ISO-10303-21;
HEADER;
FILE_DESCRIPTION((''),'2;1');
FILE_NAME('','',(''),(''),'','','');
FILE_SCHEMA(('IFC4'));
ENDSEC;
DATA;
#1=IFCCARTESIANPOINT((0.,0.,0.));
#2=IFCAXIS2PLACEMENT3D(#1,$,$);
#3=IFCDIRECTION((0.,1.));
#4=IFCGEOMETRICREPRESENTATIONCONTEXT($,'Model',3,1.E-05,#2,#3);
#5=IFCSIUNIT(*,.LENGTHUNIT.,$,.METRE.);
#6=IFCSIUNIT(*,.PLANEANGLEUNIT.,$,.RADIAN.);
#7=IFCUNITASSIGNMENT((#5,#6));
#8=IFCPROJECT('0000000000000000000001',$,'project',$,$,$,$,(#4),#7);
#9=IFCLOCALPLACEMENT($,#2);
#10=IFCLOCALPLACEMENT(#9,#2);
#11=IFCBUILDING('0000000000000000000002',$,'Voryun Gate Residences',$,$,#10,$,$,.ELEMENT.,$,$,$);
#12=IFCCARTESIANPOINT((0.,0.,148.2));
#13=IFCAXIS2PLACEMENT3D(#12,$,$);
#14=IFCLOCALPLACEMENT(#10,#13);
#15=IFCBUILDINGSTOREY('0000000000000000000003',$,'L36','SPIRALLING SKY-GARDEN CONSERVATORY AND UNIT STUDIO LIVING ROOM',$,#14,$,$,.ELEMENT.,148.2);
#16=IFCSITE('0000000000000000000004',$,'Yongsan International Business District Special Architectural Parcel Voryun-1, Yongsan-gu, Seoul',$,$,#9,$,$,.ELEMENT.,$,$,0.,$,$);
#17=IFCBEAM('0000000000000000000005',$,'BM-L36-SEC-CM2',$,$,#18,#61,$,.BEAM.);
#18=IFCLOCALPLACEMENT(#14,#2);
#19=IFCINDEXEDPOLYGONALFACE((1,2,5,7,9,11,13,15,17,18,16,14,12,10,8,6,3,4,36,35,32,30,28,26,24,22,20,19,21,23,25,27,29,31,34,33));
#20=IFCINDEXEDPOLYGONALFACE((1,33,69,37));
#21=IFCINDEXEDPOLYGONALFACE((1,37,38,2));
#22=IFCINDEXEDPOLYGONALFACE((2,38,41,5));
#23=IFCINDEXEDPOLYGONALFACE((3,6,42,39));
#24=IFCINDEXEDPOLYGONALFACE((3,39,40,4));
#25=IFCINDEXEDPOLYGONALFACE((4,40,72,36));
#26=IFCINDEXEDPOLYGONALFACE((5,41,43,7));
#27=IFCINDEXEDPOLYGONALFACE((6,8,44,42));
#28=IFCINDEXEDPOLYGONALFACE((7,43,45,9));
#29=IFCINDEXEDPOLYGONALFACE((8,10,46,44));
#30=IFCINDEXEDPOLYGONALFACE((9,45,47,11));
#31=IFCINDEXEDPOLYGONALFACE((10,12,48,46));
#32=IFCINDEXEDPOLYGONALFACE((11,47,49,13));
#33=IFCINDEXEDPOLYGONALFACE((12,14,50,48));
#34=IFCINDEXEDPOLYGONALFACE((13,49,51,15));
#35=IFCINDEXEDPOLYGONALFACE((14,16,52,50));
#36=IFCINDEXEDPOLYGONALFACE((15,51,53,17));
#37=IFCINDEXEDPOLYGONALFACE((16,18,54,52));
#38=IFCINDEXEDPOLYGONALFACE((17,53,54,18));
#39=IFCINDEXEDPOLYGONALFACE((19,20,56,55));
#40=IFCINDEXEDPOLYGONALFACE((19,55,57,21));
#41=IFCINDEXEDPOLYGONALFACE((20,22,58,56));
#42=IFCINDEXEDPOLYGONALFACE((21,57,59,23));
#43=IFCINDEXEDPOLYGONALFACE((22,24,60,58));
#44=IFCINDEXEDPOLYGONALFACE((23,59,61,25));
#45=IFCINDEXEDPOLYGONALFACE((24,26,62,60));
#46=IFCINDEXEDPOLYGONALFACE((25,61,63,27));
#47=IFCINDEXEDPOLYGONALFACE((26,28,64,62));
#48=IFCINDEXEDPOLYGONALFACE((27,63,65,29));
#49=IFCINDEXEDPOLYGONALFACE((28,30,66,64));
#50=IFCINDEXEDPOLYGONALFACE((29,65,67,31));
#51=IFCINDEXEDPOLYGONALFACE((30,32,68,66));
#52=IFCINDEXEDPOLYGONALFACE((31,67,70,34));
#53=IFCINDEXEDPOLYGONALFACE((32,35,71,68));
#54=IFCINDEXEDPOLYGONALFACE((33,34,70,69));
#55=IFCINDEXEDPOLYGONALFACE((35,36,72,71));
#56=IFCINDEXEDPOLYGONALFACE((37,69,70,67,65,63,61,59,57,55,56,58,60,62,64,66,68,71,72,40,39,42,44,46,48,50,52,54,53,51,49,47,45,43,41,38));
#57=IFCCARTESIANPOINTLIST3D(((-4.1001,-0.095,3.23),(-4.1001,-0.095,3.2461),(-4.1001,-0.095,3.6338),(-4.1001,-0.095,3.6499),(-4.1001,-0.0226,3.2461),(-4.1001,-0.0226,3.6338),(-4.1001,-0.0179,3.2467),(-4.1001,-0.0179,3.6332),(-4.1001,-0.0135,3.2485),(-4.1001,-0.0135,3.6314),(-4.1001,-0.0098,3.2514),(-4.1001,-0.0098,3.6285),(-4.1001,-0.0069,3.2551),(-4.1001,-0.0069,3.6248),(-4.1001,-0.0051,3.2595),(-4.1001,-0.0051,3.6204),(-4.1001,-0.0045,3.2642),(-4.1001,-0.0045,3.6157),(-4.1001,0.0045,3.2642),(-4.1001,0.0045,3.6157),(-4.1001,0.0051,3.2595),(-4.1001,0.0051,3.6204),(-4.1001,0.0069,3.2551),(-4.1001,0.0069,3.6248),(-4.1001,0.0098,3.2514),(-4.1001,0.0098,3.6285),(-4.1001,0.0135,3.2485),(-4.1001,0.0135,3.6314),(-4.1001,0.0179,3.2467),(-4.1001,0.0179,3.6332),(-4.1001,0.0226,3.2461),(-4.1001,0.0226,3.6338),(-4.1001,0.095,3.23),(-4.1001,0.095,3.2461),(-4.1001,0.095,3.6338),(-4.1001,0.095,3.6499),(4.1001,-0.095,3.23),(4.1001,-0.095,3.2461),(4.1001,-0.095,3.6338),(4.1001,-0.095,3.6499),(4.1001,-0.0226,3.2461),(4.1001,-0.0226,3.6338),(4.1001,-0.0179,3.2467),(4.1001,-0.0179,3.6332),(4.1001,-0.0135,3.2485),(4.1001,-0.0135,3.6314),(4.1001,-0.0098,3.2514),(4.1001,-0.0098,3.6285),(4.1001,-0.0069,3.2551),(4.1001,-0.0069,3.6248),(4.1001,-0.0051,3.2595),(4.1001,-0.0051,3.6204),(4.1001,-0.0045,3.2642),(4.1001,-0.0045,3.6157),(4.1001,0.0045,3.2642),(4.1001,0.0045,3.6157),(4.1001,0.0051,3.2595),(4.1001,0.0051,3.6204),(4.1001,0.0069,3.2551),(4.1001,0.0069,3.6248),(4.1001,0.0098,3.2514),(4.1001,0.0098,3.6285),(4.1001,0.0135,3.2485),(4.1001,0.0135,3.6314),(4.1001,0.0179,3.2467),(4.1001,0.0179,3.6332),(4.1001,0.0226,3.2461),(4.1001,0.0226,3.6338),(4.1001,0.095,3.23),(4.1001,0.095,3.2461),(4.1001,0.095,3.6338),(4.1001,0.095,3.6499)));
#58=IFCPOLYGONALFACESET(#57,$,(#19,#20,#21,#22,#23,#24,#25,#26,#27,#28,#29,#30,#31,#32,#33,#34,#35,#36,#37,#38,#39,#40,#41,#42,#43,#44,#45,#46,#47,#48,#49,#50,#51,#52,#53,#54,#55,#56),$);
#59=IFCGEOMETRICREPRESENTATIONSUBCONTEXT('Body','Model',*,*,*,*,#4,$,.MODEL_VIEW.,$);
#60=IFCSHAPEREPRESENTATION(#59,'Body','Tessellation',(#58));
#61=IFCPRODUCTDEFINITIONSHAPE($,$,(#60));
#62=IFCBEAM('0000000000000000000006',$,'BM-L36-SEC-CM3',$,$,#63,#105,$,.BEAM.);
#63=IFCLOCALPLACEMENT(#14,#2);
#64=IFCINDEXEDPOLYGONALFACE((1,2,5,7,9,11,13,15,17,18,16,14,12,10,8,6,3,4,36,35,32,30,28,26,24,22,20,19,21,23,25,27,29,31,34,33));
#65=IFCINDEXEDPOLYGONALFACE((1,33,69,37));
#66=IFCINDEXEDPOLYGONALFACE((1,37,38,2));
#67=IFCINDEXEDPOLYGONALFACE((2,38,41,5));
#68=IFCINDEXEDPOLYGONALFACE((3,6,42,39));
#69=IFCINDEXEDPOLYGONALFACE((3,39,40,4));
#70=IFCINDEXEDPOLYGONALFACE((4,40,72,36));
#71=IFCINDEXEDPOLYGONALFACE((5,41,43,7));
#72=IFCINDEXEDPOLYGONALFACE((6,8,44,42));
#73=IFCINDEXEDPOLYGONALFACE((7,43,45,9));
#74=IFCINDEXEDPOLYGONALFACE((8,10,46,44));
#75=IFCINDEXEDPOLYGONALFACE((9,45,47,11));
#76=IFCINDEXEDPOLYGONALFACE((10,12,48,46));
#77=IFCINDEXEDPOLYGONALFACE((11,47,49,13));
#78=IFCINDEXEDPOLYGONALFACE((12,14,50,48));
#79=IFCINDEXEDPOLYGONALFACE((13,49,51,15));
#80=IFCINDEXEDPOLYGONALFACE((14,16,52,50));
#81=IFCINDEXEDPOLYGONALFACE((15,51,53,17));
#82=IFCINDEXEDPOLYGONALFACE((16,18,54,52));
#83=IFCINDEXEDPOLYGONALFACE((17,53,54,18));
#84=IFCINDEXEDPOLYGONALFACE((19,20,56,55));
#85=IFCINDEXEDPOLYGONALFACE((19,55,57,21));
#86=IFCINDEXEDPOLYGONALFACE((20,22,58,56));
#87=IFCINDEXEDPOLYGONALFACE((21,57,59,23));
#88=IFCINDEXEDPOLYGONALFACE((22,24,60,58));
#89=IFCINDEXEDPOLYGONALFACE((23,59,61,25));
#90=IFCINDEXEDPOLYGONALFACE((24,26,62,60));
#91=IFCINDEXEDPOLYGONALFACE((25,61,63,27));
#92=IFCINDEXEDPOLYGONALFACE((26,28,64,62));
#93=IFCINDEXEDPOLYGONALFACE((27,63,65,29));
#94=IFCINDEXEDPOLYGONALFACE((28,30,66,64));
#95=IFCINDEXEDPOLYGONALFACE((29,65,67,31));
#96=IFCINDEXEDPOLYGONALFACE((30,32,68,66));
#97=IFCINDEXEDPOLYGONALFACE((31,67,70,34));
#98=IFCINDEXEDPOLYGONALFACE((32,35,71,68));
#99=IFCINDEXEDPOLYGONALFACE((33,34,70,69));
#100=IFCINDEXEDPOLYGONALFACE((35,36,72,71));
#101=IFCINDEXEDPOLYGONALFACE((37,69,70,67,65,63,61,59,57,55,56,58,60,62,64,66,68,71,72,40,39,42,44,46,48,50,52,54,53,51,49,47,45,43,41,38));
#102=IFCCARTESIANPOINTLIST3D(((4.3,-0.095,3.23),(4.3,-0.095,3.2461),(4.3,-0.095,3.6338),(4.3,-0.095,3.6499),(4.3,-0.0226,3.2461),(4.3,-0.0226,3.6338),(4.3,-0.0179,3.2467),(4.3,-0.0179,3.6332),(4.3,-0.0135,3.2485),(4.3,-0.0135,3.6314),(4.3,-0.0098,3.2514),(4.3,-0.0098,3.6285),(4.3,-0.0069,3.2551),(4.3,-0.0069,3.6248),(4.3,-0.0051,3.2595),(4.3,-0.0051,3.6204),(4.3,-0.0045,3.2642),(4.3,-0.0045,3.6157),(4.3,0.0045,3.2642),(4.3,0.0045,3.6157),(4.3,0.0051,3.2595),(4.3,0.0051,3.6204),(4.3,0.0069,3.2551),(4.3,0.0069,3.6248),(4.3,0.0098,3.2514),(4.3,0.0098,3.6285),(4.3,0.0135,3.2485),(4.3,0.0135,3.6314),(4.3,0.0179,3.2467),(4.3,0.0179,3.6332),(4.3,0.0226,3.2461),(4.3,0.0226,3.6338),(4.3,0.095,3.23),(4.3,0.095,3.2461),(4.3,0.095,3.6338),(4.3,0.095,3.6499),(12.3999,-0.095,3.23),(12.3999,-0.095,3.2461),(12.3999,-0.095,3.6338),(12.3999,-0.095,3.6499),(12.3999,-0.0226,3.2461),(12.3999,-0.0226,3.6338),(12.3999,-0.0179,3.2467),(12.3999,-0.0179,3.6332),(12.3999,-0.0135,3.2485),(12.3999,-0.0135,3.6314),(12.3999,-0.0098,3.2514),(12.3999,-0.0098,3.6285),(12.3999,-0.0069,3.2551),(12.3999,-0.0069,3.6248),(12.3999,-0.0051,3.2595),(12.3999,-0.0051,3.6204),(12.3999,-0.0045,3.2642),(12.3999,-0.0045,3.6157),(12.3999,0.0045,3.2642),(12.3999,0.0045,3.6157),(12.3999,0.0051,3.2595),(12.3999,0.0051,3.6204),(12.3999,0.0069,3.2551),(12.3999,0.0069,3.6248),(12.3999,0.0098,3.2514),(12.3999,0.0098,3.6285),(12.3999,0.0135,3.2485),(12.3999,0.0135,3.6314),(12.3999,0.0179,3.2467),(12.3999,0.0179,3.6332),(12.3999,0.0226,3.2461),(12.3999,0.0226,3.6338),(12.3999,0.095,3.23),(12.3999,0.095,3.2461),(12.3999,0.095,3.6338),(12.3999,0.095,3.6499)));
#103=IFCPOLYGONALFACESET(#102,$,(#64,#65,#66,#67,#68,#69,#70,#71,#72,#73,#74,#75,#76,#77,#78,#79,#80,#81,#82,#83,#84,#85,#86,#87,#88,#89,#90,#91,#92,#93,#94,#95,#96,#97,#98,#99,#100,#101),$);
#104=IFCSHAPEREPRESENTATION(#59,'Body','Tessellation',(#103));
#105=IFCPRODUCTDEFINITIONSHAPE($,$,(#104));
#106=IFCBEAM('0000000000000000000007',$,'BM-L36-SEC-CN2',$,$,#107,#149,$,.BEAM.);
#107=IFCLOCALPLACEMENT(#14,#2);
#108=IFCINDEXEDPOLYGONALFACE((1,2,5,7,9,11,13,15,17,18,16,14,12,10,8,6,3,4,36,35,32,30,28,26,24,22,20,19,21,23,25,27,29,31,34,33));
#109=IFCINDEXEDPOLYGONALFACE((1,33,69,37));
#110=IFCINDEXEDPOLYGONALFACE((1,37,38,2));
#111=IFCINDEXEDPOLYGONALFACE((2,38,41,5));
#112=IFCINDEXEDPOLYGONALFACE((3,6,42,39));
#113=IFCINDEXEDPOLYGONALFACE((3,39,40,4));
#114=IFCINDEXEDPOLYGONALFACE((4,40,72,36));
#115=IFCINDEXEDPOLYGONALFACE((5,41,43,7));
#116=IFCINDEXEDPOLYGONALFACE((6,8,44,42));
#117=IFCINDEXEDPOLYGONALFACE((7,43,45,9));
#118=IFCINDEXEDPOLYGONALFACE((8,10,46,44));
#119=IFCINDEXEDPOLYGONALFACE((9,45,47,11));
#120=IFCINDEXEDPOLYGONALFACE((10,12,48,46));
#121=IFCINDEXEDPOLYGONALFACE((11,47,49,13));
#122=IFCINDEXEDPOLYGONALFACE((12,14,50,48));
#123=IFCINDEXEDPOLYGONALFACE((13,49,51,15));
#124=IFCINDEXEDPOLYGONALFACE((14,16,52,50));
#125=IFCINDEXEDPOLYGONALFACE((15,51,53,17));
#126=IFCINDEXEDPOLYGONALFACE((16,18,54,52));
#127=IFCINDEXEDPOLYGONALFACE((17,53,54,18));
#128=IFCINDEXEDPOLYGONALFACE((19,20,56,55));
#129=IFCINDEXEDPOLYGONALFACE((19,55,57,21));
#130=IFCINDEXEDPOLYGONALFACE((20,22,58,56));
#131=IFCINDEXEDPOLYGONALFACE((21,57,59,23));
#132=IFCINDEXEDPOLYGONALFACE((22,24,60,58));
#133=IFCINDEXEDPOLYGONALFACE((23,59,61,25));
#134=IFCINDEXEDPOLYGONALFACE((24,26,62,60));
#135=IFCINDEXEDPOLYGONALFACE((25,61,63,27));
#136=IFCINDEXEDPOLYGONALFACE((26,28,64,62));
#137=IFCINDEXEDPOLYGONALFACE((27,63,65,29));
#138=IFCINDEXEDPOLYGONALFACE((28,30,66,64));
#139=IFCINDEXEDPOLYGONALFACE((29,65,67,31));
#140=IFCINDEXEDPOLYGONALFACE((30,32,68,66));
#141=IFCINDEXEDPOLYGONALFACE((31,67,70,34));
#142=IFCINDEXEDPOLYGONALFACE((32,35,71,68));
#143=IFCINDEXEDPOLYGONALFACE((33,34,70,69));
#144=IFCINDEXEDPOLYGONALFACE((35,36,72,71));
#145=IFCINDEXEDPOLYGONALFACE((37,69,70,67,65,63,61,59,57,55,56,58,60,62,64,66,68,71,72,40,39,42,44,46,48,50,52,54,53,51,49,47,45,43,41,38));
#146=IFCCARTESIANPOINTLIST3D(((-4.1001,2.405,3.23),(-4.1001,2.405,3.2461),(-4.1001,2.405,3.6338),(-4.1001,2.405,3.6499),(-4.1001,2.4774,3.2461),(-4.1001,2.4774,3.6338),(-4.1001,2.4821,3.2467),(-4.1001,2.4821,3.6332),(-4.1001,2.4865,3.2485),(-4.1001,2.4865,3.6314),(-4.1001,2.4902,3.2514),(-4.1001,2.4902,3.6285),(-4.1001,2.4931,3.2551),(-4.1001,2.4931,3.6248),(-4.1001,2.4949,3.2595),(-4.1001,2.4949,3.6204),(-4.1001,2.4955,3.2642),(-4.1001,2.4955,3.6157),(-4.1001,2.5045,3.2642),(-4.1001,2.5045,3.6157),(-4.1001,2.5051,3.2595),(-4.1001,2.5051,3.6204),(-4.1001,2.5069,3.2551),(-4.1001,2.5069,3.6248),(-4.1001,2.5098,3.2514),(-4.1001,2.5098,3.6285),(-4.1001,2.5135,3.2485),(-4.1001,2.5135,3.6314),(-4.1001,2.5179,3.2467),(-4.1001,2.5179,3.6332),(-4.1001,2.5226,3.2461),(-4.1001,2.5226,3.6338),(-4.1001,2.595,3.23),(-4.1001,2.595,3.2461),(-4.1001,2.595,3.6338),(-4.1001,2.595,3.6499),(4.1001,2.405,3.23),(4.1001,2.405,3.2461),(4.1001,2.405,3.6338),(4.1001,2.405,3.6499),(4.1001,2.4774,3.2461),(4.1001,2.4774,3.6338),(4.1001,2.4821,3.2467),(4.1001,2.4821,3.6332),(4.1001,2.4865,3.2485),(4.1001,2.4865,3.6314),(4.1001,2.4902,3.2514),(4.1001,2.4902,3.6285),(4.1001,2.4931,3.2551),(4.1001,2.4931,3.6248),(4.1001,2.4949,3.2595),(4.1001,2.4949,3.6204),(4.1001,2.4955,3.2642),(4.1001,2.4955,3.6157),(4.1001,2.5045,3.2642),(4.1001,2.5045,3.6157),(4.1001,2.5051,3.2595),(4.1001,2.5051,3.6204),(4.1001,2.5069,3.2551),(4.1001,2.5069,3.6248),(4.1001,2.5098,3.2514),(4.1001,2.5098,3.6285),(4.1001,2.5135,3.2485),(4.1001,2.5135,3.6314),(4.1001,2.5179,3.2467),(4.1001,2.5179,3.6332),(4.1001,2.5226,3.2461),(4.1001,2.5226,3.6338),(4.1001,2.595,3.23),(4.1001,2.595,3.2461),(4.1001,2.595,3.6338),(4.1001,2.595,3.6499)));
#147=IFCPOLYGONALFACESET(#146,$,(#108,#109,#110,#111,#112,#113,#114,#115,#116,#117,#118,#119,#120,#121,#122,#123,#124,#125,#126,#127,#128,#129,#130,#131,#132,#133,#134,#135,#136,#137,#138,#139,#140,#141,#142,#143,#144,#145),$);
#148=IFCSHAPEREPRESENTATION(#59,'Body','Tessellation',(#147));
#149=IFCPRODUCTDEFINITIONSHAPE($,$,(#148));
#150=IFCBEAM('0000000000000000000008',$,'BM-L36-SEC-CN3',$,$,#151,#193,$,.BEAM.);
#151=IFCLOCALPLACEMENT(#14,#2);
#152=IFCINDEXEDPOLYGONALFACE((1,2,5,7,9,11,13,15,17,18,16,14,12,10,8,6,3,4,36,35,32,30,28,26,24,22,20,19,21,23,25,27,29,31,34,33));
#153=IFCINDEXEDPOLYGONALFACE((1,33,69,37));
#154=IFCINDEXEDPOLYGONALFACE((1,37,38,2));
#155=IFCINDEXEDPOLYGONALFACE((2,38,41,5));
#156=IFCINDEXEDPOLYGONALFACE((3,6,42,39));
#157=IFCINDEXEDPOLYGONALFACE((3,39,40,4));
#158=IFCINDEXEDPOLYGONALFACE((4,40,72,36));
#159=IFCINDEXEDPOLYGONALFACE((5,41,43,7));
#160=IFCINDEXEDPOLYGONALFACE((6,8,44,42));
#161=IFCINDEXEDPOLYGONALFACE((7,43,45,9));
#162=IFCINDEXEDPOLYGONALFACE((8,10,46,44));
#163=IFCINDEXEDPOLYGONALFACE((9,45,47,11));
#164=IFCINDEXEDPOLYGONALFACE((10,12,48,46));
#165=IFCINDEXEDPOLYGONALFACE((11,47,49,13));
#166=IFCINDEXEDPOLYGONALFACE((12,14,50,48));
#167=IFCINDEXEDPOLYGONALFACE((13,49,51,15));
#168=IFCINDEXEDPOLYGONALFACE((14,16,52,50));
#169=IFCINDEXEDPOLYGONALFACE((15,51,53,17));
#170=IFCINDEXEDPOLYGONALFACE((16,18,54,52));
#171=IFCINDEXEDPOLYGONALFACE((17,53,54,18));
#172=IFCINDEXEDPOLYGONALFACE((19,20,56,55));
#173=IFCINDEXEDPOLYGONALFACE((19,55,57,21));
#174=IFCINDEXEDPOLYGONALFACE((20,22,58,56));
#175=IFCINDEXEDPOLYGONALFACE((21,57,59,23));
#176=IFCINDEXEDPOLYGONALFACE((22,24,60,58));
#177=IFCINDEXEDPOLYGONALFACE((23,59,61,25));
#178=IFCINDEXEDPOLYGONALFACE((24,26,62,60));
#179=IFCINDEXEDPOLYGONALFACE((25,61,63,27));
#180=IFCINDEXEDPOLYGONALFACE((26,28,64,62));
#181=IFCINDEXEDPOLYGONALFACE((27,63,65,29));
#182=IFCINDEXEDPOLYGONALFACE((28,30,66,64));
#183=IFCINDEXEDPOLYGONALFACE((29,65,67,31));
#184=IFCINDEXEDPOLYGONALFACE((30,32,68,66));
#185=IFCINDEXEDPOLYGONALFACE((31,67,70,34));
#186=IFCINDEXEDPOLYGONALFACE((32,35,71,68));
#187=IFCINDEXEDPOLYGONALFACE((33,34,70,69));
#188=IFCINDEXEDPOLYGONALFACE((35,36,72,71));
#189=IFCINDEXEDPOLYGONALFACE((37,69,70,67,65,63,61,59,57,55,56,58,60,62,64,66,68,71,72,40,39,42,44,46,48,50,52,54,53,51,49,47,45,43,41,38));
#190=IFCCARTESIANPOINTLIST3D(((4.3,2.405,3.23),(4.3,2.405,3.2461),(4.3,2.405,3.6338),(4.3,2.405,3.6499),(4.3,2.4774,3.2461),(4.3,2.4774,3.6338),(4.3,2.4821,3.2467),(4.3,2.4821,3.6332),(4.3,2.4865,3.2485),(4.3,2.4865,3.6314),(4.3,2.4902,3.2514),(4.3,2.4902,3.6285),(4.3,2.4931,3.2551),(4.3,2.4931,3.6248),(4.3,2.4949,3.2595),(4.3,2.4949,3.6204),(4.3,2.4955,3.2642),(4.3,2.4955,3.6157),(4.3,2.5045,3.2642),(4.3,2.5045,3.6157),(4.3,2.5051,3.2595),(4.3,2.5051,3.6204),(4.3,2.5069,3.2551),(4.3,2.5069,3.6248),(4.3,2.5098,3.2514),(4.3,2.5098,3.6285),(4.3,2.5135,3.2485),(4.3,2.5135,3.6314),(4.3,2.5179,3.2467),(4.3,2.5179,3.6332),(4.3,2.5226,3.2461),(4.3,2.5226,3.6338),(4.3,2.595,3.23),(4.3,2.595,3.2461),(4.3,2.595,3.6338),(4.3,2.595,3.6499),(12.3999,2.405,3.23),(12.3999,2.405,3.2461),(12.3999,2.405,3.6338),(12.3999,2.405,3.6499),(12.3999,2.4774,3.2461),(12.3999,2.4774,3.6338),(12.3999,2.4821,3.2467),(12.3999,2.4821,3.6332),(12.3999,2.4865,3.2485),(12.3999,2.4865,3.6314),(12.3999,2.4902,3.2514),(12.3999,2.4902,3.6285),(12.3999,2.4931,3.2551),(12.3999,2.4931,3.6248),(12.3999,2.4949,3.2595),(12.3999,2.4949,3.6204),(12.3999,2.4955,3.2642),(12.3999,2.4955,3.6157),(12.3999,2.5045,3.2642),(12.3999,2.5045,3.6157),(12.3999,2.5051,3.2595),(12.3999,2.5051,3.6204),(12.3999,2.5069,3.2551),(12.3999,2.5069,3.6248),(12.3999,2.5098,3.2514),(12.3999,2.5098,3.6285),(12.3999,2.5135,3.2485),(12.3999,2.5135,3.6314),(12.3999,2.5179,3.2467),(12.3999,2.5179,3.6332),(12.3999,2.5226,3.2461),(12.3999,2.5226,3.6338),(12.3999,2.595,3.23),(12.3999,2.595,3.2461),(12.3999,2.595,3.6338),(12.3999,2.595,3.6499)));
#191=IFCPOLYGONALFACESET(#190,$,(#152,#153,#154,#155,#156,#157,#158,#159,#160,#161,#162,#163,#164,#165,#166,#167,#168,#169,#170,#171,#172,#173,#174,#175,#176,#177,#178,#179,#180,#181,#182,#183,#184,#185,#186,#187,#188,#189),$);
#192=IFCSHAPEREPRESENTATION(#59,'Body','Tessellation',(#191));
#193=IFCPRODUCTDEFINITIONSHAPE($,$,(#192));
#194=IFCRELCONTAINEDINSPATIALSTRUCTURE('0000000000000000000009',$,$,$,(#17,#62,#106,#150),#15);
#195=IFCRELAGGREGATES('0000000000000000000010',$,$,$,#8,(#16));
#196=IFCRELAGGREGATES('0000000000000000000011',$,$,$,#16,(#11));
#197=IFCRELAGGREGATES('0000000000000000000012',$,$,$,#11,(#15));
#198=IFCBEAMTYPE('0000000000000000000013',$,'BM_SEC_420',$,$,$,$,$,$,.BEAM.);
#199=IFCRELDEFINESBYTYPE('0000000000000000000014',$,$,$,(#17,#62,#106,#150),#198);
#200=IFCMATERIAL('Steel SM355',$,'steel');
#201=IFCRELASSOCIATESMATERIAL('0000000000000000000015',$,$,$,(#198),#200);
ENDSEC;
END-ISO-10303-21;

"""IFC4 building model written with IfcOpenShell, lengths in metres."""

from ifc_helpers import new_model, si_unit, direction, frame, origin, origin_2d, place, context, subcontext, project, spatial, i_section, extrude, material, material_profile, profile_set, type_object, element, save


model = new_model("IFC4")

# Units and contexts
model_context = context("Model", 3, precision=1e-05, world=origin(), true_north=direction((0.0, 1.0)))
body_context = subcontext(model_context, "Body", "Model", "MODEL_VIEW")
ifc_project = project(units=[si_unit("LENGTHUNIT", "METRE"), si_unit("PLANEANGLEUNIT", "RADIAN")], contexts=[model_context])

# Site, building, storey
site_placement = place(None, origin())
site = spatial("IfcSite", under=ifc_project, at=site_placement, Name="Yongsan International Business District Special Architectural Parcel Voryun-1, Yongsan-gu, Seoul", CompositionType="ELEMENT", RefElevation=0.0)
building_placement = place(site_placement, origin())
building = spatial("IfcBuilding", under=site, at=building_placement, Name="Voryun Gate Residences", CompositionType="ELEMENT")
storey_placement = place(building_placement, frame((0.0, 0.0, 148.2)))
storey = spatial("IfcBuildingStorey", under=building, at=storey_placement, Name="L36", Description="SPIRALLING SKY-GARDEN CONSERVATORY AND UNIT STUDIO LIVING ROOM", CompositionType="ELEMENT", Elevation=148.2)

# Beams
ifc_material_1 = material(Name="Steel SM355", Category="steel")
ifc_material_profile_1 = material_profile(ifc_material_1, i_section(OverallWidth=0.1899, OverallDepth=0.4199, WebThickness=0.009, FlangeThickness=0.0161, FilletRadius=0.0181, at=origin_2d()), Name="H-420x190x9x16")
ifc_profile_set_1 = profile_set([ifc_material_profile_1], Name="Steel SM355")
beam_type_1 = type_object("IfcBeamType", Name="BM_SEC_420", PredefinedType="BEAM", material=ifc_profile_set_1)
beam_1_placement = place(storey_placement, frame((-4.1001, 0.0, 3.4399), z_axis=(1.0, 0.0, 0.0), x_axis=(0.0, 1.0, 0.0)))
element("IfcBeam", 1, at=beam_1_placement, inside=storey, type_object=beam_type_1, Name="BM-L36-SEC-CM2", PredefinedType="BEAM", context=body_context, shape_type="SweptSolid", body=[
    extrude(i_section(OverallWidth=0.1899, OverallDepth=0.4199, WebThickness=0.009, FlangeThickness=0.0161, FilletRadius=0.0181, at=origin_2d()), origin(), (0.0, 0.0, 1.0), 8.2002),
])
beam_2_placement = place(storey_placement, frame((4.3, 0.0, 3.4399), z_axis=(1.0, 0.0, 0.0), x_axis=(0.0, 1.0, 0.0)))
element("IfcBeam", 2, at=beam_2_placement, inside=storey, type_object=beam_type_1, Name="BM-L36-SEC-CM3", PredefinedType="BEAM", context=body_context, shape_type="SweptSolid", body=[
    extrude(i_section(OverallWidth=0.1899, OverallDepth=0.4199, WebThickness=0.009, FlangeThickness=0.0161, FilletRadius=0.0181, at=origin_2d()), origin(), (0.0, 0.0, 1.0), 8.0999),
])
beam_3_placement = place(storey_placement, frame((-4.1001, 2.5, 3.4399), z_axis=(1.0, 0.0, 0.0), x_axis=(0.0, 1.0, 0.0)))
element("IfcBeam", 3, at=beam_3_placement, inside=storey, type_object=beam_type_1, Name="BM-L36-SEC-CN2", PredefinedType="BEAM", context=body_context, shape_type="SweptSolid", body=[
    extrude(i_section(OverallWidth=0.1899, OverallDepth=0.4199, WebThickness=0.009, FlangeThickness=0.0161, FilletRadius=0.0181, at=origin_2d()), origin(), (0.0, 0.0, 1.0), 8.2002),
])
beam_4_placement = place(storey_placement, frame((4.3, 2.5, 3.4399), z_axis=(1.0, 0.0, 0.0), x_axis=(0.0, 1.0, 0.0)))
element("IfcBeam", 4, at=beam_4_placement, inside=storey, type_object=beam_type_1, Name="BM-L36-SEC-CN3", PredefinedType="BEAM", context=body_context, shape_type="SweptSolid", body=[
    extrude(i_section(OverallWidth=0.1899, OverallDepth=0.4199, WebThickness=0.009, FlangeThickness=0.0161, FilletRadius=0.0181, at=origin_2d()), origin(), (0.0, 0.0, 1.0), 8.0999),
])

save(model, "model.ifc")
